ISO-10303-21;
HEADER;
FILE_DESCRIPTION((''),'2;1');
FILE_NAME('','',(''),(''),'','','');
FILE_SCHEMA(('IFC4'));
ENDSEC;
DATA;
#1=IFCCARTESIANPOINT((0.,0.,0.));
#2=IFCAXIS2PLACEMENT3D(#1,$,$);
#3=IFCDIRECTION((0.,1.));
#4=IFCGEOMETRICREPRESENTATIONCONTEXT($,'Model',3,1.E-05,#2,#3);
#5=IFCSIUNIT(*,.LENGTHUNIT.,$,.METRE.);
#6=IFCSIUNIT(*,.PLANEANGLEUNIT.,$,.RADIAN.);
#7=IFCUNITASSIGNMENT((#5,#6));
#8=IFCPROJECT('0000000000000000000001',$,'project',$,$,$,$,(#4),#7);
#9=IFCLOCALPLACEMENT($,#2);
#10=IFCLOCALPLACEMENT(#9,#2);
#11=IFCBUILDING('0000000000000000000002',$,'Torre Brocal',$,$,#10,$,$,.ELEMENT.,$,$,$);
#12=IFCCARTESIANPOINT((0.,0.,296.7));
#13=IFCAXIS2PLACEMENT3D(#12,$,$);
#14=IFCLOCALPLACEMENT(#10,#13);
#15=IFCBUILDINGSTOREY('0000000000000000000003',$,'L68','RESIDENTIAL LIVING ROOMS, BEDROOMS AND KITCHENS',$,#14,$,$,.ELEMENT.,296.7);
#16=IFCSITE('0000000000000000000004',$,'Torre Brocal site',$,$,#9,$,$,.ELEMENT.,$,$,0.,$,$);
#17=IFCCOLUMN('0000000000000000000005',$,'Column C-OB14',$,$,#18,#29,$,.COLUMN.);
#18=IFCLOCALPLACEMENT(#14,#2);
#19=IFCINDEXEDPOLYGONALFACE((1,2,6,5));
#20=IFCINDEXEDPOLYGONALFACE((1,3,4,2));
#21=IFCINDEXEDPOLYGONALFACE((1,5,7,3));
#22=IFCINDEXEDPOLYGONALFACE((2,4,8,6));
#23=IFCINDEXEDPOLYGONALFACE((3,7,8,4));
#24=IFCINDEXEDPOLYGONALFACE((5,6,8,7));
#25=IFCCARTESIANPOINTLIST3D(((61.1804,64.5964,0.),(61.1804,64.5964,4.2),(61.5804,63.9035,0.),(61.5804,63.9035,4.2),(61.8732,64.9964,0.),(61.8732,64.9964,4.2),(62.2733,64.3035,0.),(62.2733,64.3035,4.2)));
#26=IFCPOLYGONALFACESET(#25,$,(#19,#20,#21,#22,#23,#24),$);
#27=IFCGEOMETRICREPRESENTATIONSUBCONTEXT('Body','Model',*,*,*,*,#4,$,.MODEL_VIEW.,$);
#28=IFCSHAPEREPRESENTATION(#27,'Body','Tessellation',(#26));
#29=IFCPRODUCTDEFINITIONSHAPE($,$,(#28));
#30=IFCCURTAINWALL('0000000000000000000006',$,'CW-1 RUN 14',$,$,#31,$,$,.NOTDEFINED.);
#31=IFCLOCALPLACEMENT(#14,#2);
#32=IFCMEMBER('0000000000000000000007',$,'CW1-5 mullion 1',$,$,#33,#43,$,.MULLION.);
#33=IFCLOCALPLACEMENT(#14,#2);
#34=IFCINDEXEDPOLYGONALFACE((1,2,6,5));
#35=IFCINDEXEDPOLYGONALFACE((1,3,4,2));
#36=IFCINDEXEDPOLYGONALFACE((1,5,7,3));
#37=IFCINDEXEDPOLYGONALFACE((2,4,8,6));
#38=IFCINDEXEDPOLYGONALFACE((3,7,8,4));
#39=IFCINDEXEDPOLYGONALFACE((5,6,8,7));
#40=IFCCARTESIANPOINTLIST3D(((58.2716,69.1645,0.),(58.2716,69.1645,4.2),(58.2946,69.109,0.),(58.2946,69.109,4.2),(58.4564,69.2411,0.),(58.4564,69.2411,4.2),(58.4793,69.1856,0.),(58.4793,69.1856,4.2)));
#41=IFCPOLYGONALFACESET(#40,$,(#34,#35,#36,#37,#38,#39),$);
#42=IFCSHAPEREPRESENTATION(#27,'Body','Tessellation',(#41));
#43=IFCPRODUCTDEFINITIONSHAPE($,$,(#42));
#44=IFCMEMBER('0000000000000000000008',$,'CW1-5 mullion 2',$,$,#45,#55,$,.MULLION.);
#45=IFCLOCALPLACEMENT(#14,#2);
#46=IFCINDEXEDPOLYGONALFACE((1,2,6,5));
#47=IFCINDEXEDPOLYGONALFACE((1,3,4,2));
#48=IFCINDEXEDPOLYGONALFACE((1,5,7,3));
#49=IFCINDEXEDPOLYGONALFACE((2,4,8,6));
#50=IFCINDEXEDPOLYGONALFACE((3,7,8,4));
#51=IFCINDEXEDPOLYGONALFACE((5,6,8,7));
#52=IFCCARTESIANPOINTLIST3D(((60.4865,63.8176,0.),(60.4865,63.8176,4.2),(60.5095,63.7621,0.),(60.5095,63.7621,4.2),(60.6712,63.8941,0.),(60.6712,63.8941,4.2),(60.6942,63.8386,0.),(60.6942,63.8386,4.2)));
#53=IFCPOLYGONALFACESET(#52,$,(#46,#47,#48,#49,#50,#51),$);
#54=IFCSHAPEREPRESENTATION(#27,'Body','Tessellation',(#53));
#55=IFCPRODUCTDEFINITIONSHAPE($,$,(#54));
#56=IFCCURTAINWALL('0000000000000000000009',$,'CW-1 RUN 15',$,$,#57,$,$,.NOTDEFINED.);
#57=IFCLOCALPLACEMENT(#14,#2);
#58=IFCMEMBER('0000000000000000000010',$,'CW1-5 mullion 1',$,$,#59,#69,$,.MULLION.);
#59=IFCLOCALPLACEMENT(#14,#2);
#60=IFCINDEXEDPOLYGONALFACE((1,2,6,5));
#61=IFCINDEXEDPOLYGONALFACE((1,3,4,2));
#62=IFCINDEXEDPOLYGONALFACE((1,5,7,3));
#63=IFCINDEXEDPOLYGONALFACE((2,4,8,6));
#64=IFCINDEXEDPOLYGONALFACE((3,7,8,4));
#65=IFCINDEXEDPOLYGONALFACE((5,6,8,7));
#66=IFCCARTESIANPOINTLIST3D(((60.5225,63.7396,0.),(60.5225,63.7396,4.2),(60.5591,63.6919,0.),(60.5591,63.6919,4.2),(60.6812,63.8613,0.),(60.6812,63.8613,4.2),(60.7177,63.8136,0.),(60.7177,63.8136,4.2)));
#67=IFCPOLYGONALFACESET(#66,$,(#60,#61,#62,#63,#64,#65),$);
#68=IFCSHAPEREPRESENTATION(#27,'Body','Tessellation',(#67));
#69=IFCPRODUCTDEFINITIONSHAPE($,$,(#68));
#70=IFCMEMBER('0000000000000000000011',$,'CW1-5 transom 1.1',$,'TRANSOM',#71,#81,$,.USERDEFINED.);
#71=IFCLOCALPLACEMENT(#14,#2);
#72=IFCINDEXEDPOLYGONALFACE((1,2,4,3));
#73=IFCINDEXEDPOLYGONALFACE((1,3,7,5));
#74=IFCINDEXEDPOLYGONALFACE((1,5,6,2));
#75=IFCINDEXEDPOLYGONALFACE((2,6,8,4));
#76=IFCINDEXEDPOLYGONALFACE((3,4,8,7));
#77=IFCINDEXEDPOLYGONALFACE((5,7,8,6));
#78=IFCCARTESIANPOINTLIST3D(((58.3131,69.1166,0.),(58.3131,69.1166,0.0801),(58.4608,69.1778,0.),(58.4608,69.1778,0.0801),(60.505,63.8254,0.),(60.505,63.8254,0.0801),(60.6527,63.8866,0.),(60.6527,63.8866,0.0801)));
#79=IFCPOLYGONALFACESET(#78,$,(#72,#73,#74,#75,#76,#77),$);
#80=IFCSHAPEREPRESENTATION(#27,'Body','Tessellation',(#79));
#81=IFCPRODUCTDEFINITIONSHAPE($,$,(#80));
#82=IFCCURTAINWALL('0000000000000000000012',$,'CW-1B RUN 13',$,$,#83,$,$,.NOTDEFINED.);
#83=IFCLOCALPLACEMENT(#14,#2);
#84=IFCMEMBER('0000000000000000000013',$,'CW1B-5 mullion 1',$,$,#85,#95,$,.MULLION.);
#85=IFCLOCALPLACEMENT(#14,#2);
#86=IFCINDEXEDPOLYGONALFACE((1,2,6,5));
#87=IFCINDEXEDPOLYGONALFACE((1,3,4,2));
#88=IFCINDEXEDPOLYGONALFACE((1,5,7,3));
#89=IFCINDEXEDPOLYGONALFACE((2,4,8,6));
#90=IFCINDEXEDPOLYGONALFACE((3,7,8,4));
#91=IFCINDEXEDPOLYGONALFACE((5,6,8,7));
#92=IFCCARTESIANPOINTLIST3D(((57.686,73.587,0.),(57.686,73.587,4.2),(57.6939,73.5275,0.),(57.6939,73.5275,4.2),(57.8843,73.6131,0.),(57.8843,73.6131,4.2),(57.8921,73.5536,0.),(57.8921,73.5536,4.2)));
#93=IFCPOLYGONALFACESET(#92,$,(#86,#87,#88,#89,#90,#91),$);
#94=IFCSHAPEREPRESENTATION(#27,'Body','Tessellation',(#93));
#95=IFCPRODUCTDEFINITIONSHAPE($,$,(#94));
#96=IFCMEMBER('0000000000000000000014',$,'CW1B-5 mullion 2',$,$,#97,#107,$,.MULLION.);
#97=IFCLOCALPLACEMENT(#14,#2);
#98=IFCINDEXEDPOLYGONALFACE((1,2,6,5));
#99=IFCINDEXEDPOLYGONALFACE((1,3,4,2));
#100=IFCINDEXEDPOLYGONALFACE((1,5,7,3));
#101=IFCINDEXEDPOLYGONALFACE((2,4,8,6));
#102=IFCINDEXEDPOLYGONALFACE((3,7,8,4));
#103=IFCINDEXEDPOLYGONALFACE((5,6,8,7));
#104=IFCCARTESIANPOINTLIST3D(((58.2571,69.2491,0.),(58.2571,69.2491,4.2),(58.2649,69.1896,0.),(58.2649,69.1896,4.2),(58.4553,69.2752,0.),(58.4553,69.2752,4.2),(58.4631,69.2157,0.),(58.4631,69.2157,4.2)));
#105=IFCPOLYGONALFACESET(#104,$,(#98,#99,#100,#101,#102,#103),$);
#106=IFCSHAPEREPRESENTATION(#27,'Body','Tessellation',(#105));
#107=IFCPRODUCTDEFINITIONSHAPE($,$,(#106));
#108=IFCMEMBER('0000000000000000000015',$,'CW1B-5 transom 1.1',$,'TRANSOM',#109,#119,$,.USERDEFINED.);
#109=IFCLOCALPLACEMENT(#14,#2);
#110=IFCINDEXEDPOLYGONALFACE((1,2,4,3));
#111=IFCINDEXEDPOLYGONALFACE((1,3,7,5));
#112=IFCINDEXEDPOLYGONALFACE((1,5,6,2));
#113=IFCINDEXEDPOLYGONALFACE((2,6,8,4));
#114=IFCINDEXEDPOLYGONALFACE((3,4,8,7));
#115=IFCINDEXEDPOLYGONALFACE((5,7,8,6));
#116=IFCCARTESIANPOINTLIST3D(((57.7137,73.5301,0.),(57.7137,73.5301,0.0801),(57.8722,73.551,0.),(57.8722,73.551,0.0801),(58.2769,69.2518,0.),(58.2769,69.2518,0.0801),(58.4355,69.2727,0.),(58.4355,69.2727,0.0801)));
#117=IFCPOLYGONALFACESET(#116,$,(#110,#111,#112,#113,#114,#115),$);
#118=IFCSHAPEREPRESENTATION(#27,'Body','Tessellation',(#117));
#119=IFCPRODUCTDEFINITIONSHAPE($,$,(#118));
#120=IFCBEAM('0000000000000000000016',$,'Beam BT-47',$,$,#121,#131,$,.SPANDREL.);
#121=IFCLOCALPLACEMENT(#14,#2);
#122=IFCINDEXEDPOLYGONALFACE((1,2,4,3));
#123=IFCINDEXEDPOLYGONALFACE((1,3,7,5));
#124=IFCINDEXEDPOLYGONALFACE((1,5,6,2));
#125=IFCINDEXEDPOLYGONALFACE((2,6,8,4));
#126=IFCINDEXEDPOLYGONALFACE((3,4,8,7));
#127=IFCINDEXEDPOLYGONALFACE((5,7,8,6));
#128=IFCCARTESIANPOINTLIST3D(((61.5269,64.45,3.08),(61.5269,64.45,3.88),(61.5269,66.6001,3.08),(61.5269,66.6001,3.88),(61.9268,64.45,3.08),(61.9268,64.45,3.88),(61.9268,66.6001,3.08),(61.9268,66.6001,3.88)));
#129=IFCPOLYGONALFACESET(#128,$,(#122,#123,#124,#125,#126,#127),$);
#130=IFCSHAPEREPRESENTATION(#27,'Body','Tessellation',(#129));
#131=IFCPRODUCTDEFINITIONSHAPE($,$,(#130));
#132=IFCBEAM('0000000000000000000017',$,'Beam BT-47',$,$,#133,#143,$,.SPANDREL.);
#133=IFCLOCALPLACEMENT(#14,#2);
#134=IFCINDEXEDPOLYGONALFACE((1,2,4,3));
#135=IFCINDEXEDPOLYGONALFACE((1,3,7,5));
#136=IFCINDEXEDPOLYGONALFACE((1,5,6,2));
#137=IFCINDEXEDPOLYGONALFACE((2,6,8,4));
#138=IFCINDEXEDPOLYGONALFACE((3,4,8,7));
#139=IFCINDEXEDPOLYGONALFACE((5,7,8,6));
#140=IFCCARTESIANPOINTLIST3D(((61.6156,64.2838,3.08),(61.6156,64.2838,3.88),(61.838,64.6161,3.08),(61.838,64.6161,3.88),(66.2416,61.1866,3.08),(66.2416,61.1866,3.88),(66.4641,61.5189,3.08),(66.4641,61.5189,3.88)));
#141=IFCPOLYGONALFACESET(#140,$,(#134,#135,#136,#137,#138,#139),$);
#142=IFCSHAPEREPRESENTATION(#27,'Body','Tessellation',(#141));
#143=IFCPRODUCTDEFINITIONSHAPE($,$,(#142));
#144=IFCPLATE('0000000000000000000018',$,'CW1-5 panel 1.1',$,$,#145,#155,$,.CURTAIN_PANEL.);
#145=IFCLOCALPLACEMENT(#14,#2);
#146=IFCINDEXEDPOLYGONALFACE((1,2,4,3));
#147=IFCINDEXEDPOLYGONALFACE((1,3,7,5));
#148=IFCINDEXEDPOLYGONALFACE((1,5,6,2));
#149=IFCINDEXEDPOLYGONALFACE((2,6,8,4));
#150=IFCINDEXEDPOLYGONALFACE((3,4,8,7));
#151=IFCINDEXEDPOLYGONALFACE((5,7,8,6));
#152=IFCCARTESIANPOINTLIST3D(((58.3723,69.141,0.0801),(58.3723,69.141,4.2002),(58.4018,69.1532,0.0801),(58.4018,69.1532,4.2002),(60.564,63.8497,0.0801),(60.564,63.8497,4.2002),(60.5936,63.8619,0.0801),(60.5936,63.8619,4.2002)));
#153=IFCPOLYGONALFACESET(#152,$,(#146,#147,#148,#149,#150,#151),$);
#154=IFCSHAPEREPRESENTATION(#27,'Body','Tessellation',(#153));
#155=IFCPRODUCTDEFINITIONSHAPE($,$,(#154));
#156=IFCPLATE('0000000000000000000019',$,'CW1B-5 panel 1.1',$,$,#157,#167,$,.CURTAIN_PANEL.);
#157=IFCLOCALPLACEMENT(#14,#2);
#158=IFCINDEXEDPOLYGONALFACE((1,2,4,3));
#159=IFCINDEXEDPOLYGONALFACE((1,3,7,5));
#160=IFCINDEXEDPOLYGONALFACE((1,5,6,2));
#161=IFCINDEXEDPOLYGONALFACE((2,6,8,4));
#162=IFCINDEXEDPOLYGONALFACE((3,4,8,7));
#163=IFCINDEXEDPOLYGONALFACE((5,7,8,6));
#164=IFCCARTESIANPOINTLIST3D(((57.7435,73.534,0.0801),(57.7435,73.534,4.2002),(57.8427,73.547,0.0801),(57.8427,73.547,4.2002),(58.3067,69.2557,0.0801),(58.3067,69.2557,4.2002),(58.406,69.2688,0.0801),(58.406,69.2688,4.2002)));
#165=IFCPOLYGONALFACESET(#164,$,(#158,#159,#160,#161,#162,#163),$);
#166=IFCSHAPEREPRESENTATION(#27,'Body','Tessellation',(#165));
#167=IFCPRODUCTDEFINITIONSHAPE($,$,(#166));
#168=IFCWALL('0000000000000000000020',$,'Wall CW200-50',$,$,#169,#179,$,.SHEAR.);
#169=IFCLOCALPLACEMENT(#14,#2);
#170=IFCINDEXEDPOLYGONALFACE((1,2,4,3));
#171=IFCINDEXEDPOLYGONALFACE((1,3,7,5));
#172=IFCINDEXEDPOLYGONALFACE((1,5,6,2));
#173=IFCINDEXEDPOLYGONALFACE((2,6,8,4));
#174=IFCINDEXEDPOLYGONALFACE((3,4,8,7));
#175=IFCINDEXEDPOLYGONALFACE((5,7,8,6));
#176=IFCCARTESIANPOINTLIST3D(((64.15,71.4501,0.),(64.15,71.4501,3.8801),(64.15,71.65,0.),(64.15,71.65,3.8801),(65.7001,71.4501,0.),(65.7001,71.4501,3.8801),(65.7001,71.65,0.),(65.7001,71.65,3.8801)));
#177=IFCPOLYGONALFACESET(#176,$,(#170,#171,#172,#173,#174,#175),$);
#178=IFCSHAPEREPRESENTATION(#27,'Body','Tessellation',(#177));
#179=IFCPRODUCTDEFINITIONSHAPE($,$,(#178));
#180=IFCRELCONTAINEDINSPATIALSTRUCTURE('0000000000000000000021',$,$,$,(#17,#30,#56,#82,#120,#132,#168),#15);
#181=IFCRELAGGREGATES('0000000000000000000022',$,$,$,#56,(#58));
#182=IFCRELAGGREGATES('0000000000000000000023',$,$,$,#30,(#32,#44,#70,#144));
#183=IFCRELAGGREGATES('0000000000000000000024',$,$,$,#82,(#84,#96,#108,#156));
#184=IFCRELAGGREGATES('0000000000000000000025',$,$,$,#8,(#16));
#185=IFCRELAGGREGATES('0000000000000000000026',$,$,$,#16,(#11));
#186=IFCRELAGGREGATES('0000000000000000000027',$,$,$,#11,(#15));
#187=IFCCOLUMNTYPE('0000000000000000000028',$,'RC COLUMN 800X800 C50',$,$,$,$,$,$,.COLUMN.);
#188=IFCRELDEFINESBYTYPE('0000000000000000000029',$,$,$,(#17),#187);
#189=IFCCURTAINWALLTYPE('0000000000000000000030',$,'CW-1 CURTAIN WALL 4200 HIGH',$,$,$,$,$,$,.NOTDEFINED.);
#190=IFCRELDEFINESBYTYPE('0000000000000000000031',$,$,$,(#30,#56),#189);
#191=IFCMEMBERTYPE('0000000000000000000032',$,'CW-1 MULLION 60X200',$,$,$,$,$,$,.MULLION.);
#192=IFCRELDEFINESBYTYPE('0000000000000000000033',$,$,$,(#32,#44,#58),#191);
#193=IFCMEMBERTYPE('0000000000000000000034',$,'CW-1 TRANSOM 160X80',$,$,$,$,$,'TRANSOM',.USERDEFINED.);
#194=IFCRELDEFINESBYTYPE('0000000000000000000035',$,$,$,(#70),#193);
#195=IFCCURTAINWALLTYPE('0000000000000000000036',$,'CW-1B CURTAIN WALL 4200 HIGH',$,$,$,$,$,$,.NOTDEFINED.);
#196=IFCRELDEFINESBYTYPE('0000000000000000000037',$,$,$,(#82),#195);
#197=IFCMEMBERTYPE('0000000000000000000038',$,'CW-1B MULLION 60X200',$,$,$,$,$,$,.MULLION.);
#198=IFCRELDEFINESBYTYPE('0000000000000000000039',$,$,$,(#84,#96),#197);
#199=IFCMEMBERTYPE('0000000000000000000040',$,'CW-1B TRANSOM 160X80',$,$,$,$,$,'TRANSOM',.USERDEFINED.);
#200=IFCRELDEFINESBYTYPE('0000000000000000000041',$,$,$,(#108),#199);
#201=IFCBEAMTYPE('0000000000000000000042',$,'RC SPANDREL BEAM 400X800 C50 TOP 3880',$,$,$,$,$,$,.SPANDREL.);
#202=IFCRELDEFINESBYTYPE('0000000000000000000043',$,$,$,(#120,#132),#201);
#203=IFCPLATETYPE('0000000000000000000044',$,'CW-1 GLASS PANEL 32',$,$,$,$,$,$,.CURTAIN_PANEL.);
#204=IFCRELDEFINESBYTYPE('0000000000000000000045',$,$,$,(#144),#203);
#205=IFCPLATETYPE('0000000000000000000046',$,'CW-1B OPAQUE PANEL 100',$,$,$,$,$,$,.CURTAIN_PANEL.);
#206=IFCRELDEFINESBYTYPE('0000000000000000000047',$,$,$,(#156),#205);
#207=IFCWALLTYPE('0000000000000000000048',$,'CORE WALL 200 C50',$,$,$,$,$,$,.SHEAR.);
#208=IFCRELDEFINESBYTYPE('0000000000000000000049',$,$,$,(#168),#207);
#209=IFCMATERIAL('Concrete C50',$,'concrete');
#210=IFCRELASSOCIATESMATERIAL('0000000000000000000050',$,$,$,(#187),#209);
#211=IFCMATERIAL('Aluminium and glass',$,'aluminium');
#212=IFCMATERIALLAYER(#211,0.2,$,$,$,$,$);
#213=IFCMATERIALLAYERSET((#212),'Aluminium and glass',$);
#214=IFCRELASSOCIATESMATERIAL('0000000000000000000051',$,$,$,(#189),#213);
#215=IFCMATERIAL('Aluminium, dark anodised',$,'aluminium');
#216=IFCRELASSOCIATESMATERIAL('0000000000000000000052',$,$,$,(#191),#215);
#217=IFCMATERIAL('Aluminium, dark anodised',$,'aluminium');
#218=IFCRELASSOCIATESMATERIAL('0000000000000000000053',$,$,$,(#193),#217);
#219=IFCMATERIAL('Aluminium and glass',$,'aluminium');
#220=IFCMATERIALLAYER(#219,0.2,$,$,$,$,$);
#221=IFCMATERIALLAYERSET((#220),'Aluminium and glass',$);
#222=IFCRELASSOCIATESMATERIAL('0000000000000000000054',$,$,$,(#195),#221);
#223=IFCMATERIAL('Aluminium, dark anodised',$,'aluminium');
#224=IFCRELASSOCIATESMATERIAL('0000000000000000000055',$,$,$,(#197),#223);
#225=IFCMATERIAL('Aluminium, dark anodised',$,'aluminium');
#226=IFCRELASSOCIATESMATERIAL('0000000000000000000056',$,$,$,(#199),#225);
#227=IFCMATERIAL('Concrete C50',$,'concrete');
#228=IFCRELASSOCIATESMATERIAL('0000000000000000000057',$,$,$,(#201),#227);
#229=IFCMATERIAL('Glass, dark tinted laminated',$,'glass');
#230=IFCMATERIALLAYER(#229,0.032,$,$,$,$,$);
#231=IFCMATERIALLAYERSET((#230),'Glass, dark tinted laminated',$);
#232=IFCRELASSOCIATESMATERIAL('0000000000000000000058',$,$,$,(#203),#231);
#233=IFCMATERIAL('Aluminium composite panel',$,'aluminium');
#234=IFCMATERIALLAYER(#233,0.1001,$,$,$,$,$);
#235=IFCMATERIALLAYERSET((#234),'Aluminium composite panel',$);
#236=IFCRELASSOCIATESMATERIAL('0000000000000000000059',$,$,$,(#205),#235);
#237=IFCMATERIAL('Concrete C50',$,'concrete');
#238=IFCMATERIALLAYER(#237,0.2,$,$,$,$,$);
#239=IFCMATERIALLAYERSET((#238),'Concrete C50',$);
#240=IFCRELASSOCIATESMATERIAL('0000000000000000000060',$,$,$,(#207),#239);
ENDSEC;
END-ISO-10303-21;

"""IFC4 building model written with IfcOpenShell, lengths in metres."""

from ifc_helpers import new_model, si_unit, direction, frame, frame_2d, origin, origin_2d, place, context, subcontext, project, spatial, rectangle, extrude, material, layer, layer_set, material_profile, profile_set, type_object, element, aggregate, save


model = new_model("IFC4")

# Units and contexts
model_context = context("Model", 3, precision=1e-05, world=origin(), true_north=direction((0.0, 1.0)))
body_context = subcontext(model_context, "Body", "Model", "MODEL_VIEW")
ifc_project = project(units=[si_unit("LENGTHUNIT", "METRE"), si_unit("PLANEANGLEUNIT", "RADIAN")], contexts=[model_context])

# Site, building, storey
site_placement = place(None, origin())
site = spatial("IfcSite", under=ifc_project, at=site_placement, Name="Torre Brocal site", CompositionType="ELEMENT", RefElevation=0.0)
building_placement = place(site_placement, origin())
building = spatial("IfcBuilding", under=site, at=building_placement, Name="Torre Brocal", CompositionType="ELEMENT")
storey_placement = place(building_placement, frame((0.0, 0.0, 296.7)))
storey = spatial("IfcBuildingStorey", under=building, at=storey_placement, Name="L68", Description="RESIDENTIAL LIVING ROOMS, BEDROOMS AND KITCHENS", CompositionType="ELEMENT", Elevation=296.7)

# Column
ifc_material_1 = material(Name="Concrete C50", Category="concrete")
ifc_material_profile_1 = material_profile(ifc_material_1, rectangle(XDim=0.8, YDim=0.8, at=origin_2d()), Name="RC 800X800")
ifc_profile_set_1 = profile_set([ifc_material_profile_1], Name="Concrete C50")
column_type = type_object("IfcColumnType", Name="RC COLUMN 800X800 C50", PredefinedType="COLUMN", material=ifc_profile_set_1)
column_placement = place(storey_placement, frame((61.7268, 64.45, 0.0), z_axis=(0.0, 0.0, 1.0), x_axis=(-0.866025, -0.5, 0.0)))
element("IfcColumn", 1, at=column_placement, inside=storey, type_object=column_type, Name="Column C-OB14", PredefinedType="COLUMN", context=body_context, shape_type="SweptSolid", body=[
    extrude(rectangle(XDim=0.8, YDim=0.8, at=origin_2d()), origin(), (0.0, 0.0, 1.0), 4.2),
])

# Curtain wall, members
ifc_material_2 = material(Name="Aluminium and glass", Category="aluminium")
ifc_layer_1 = layer(ifc_material_2, 0.2)
ifc_layer_set_1 = layer_set([ifc_layer_1], Name="Aluminium and glass")
curtain_wall_type_1 = type_object("IfcCurtainWallType", Name="CW-1 CURTAIN WALL 4200 HIGH", PredefinedType="NOTDEFINED", material=ifc_layer_set_1)
curtain_wall_1_placement = place(storey_placement, origin())
curtain_wall_1 = element("IfcCurtainWall", 2, at=curtain_wall_1_placement, inside=storey, type_object=curtain_wall_type_1, Name="CW-1 RUN 14", PredefinedType="NOTDEFINED")
ifc_material_3 = material(Name="Aluminium, dark anodised", Category="aluminium")
ifc_material_profile_2 = material_profile(ifc_material_3, rectangle(XDim=0.2, YDim=0.0601, at=origin_2d()), Name="CW-1 MULLION 60X200")
ifc_profile_set_2 = profile_set([ifc_material_profile_2], Name="Aluminium, dark anodised")
member_type_1 = type_object("IfcMemberType", Name="CW-1 MULLION 60X200", PredefinedType="MULLION", material=ifc_profile_set_2)
member_1_placement = place(storey_placement, frame((58.3755, 69.175, 0.0), z_axis=(0.0, 0.0, 1.0), x_axis=(0.92388, 0.382683, 0.0)))
member_1 = element("IfcMember", 3, at=member_1_placement, type_object=member_type_1, Name="CW1-5 mullion 1", PredefinedType="MULLION", context=body_context, shape_type="SweptSolid", body=[
    extrude(rectangle(XDim=0.2, YDim=0.0601, at=origin_2d()), origin(), (0.0, 0.0, 1.0), 4.2),
])
member_2_placement = place(storey_placement, frame((60.5903, 63.8281, 0.0), z_axis=(0.0, 0.0, 1.0), x_axis=(0.92388, 0.382683, 0.0)))
member_2 = element("IfcMember", 4, at=member_2_placement, type_object=member_type_1, Name="CW1-5 mullion 2", PredefinedType="MULLION", context=body_context, shape_type="SweptSolid", body=[
    extrude(rectangle(XDim=0.2, YDim=0.0601, at=origin_2d()), origin(), (0.0, 0.0, 1.0), 4.2),
])

# Curtain wall, member
curtain_wall_2_placement = place(storey_placement, origin())
curtain_wall_2 = element("IfcCurtainWall", 5, at=curtain_wall_2_placement, inside=storey, type_object=curtain_wall_type_1, Name="CW-1 RUN 15", PredefinedType="NOTDEFINED")
member_3_placement = place(storey_placement, frame((60.6201, 63.7766, 0.0), z_axis=(0.0, 0.0, 1.0), x_axis=(0.793353, 0.608761, 0.0)))
member_3 = element("IfcMember", 6, at=member_3_placement, type_object=member_type_1, Name="CW1-5 mullion 1", PredefinedType="MULLION", context=body_context, shape_type="SweptSolid", body=[
    extrude(rectangle(XDim=0.2, YDim=0.0601, at=origin_2d()), origin(), (0.0, 0.0, 1.0), 4.2),
])
aggregate(curtain_wall_2, [member_3])

# Member
ifc_material_4 = material(Name="Aluminium, dark anodised", Category="aluminium")
ifc_material_profile_3 = material_profile(ifc_material_4, rectangle(XDim=0.1599, YDim=0.0801, at=origin_2d()), Name="CW-1 TRANSOM 160X80")
ifc_profile_set_3 = profile_set([ifc_material_profile_3], Name="Aluminium, dark anodised")
member_type_2 = type_object("IfcMemberType", Name="CW-1 TRANSOM 160X80", ElementType="TRANSOM", PredefinedType="USERDEFINED", material=ifc_profile_set_3)
member_4_placement = place(storey_placement, frame((58.387, 69.1472, 0.04), z_axis=(0.382711, -0.923868, 0.0), x_axis=(0.923868, 0.382711, 0.0)))
member_4 = element("IfcMember", 7, at=member_4_placement, type_object=member_type_2, Name="CW1-5 transom 1.1", ObjectType="TRANSOM", PredefinedType="USERDEFINED", context=body_context, shape_type="SweptSolid", body=[
    extrude(rectangle(XDim=0.1599, YDim=0.0801, at=origin_2d()), origin(), (0.0, 0.0, 1.0), 5.7273),
])

# Curtain wall, members
ifc_material_5 = material(Name="Aluminium and glass", Category="aluminium")
ifc_layer_2 = layer(ifc_material_5, 0.2)
ifc_layer_set_2 = layer_set([ifc_layer_2], Name="Aluminium and glass")
curtain_wall_type_2 = type_object("IfcCurtainWallType", Name="CW-1B CURTAIN WALL 4200 HIGH", PredefinedType="NOTDEFINED", material=ifc_layer_set_2)
curtain_wall_3_placement = place(storey_placement, origin())
curtain_wall_3 = element("IfcCurtainWall", 8, at=curtain_wall_3_placement, inside=storey, type_object=curtain_wall_type_2, Name="CW-1B RUN 13", PredefinedType="NOTDEFINED")
ifc_material_6 = material(Name="Aluminium, dark anodised", Category="aluminium")
ifc_material_profile_4 = material_profile(ifc_material_6, rectangle(XDim=0.2, YDim=0.0601, at=origin_2d()), Name="CW-1B MULLION 60X200")
ifc_profile_set_4 = profile_set([ifc_material_profile_4], Name="Aluminium, dark anodised")
member_type_3 = type_object("IfcMemberType", Name="CW-1B MULLION 60X200", PredefinedType="MULLION", material=ifc_profile_set_4)
member_5_placement = place(storey_placement, frame((57.7891, 73.5703, 0.0), z_axis=(0.0, 0.0, 1.0), x_axis=(0.991445, 0.130526, 0.0)))
member_5 = element("IfcMember", 9, at=member_5_placement, type_object=member_type_3, Name="CW1B-5 mullion 1", PredefinedType="MULLION", context=body_context, shape_type="SweptSolid", body=[
    extrude(rectangle(XDim=0.2, YDim=0.0601, at=origin_2d()), origin(), (0.0, 0.0, 1.0), 4.2),
])
member_6_placement = place(storey_placement, frame((58.3601, 69.2324, 0.0), z_axis=(0.0, 0.0, 1.0), x_axis=(0.991445, 0.130526, 0.0)))
member_6 = element("IfcMember", 10, at=member_6_placement, type_object=member_type_3, Name="CW1B-5 mullion 2", PredefinedType="MULLION", context=body_context, shape_type="SweptSolid", body=[
    extrude(rectangle(XDim=0.2, YDim=0.0601, at=origin_2d()), origin(), (0.0, 0.0, 1.0), 4.2),
])
ifc_material_7 = material(Name="Aluminium, dark anodised", Category="aluminium")
ifc_material_profile_5 = material_profile(ifc_material_7, rectangle(XDim=0.1599, YDim=0.0801, at=origin_2d()), Name="CW-1B TRANSOM 160X80")
ifc_profile_set_5 = profile_set([ifc_material_profile_5], Name="Aluminium, dark anodised")
member_type_4 = type_object("IfcMemberType", Name="CW-1B TRANSOM 160X80", ElementType="TRANSOM", PredefinedType="USERDEFINED", material=ifc_profile_set_5)
member_7_placement = place(storey_placement, frame((57.793, 73.5405, 0.04), z_axis=(0.130522, -0.991445, 0.0), x_axis=(0.991445, 0.130522, 0.0)))
member_7 = element("IfcMember", 11, at=member_7_placement, type_object=member_type_4, Name="CW1B-5 transom 1.1", ObjectType="TRANSOM", PredefinedType="USERDEFINED", context=body_context, shape_type="SweptSolid", body=[
    extrude(rectangle(XDim=0.1599, YDim=0.0801, at=origin_2d()), origin(), (0.0, 0.0, 1.0), 4.3152),
])

# Beams
ifc_material_8 = material(Name="Concrete C50", Category="concrete")
ifc_material_profile_6 = material_profile(ifc_material_8, rectangle(XDim=0.3999, YDim=0.8, at=origin_2d()), Name="RC 400X800")
ifc_profile_set_6 = profile_set([ifc_material_profile_6], Name="Concrete C50")
beam_type = type_object("IfcBeamType", Name="RC SPANDREL BEAM 400X800 C50 TOP 3880", PredefinedType="SPANDREL", material=ifc_profile_set_6)
beam_1_placement = place(storey_placement, frame((61.7268, 64.45, 3.48), z_axis=(0.0, 1.0, 0.0), x_axis=(-1.0, 0.0, 0.0)))
element("IfcBeam", 12, at=beam_1_placement, inside=storey, type_object=beam_type, Name="Beam BT-47", PredefinedType="SPANDREL", context=body_context, shape_type="SweptSolid", body=[
    extrude(rectangle(XDim=0.3999, YDim=0.8, at=origin_2d()), origin(), (0.0, 0.0, 1.0), 2.1501),
])
beam_2_placement = place(storey_placement, frame((61.7268, 64.45, 3.48), z_axis=(0.830956, -0.556339, 0.0), x_axis=(0.556339, 0.830956, 0.0)))
element("IfcBeam", 13, at=beam_2_placement, inside=storey, type_object=beam_type, Name="Beam BT-47", PredefinedType="SPANDREL", context=body_context, shape_type="SweptSolid", body=[
    extrude(rectangle(XDim=0.3999, YDim=0.8, at=origin_2d()), origin(), (0.0, 0.0, 1.0), 5.5671),
])

# Plates
ifc_material_9 = material(Name="Glass, dark tinted laminated", Category="glass")
ifc_layer_3 = layer(ifc_material_9, 0.032)
ifc_layer_set_3 = layer_set([ifc_layer_3], Name="Glass, dark tinted laminated")
plate_type_1 = type_object("IfcPlateType", Name="CW-1 GLASS PANEL 32", PredefinedType="CURTAIN_PANEL", material=ifc_layer_set_3)
plate_1_placement = place(storey_placement, frame((59.4829, 66.5015, 0.0801), z_axis=(0.0, 0.0, 1.0), x_axis=(0.382683, -0.92388, 0.0)))
plate_1 = element("IfcPlate", 14, at=plate_1_placement, type_object=plate_type_1, Name="CW1-5 panel 1.1", PredefinedType="CURTAIN_PANEL", context=body_context, shape_type="SweptSolid", body=[
    extrude(rectangle(XDim=5.7273, YDim=0.032, at=origin_2d()), origin(), (0.0, 0.0, 1.0), 4.1201),
])
aggregate(curtain_wall_1, [member_1, member_2, member_4, plate_1])
ifc_material_10 = material(Name="Aluminium composite panel", Category="aluminium")
ifc_layer_4 = layer(ifc_material_10, 0.1001)
ifc_layer_set_4 = layer_set([ifc_layer_4], Name="Aluminium composite panel")
plate_type_2 = type_object("IfcPlateType", Name="CW-1B OPAQUE PANEL 100", PredefinedType="CURTAIN_PANEL", material=ifc_layer_set_4)
plate_2_placement = place(storey_placement, frame((58.0747, 71.4014, 0.0801), z_axis=(0.0, 0.0, 1.0), x_axis=(0.130526, -0.991445, 0.0)))
plate_2 = element("IfcPlate", 15, at=plate_2_placement, type_object=plate_type_2, Name="CW1B-5 panel 1.1", PredefinedType="CURTAIN_PANEL", context=body_context, shape_type="SweptSolid", body=[
    extrude(rectangle(XDim=4.3152, YDim=0.1001, at=origin_2d()), origin(), (0.0, 0.0, 1.0), 4.1201),
])
aggregate(curtain_wall_3, [member_5, member_6, member_7, plate_2])

# Wall
ifc_material_11 = material(Name="Concrete C50", Category="concrete")
ifc_layer_5 = layer(ifc_material_11, 0.2)
ifc_layer_set_5 = layer_set([ifc_layer_5], Name="Concrete C50")
wall_type_1 = type_object("IfcWallType", Name="CORE WALL 200 C50", PredefinedType="SHEAR", material=ifc_layer_set_5)
wall_1_placement = place(storey_placement, frame((65.7, 71.55, 0.0), z_axis=(0.0, 0.0, 1.0), x_axis=(-1.0, 0.0, 0.0)))
element("IfcWall", 16, at=wall_1_placement, inside=storey, type_object=wall_type_1, Name="Wall CW200-50", PredefinedType="SHEAR", context=body_context, shape_type="SweptSolid", body=[
    extrude(rectangle(XDim=1.55, YDim=0.2, at=frame_2d((0.7749, 0.0))), origin(), (0.0, 0.0, 1.0), 3.8801),
])

save(model, "model.ifc")
